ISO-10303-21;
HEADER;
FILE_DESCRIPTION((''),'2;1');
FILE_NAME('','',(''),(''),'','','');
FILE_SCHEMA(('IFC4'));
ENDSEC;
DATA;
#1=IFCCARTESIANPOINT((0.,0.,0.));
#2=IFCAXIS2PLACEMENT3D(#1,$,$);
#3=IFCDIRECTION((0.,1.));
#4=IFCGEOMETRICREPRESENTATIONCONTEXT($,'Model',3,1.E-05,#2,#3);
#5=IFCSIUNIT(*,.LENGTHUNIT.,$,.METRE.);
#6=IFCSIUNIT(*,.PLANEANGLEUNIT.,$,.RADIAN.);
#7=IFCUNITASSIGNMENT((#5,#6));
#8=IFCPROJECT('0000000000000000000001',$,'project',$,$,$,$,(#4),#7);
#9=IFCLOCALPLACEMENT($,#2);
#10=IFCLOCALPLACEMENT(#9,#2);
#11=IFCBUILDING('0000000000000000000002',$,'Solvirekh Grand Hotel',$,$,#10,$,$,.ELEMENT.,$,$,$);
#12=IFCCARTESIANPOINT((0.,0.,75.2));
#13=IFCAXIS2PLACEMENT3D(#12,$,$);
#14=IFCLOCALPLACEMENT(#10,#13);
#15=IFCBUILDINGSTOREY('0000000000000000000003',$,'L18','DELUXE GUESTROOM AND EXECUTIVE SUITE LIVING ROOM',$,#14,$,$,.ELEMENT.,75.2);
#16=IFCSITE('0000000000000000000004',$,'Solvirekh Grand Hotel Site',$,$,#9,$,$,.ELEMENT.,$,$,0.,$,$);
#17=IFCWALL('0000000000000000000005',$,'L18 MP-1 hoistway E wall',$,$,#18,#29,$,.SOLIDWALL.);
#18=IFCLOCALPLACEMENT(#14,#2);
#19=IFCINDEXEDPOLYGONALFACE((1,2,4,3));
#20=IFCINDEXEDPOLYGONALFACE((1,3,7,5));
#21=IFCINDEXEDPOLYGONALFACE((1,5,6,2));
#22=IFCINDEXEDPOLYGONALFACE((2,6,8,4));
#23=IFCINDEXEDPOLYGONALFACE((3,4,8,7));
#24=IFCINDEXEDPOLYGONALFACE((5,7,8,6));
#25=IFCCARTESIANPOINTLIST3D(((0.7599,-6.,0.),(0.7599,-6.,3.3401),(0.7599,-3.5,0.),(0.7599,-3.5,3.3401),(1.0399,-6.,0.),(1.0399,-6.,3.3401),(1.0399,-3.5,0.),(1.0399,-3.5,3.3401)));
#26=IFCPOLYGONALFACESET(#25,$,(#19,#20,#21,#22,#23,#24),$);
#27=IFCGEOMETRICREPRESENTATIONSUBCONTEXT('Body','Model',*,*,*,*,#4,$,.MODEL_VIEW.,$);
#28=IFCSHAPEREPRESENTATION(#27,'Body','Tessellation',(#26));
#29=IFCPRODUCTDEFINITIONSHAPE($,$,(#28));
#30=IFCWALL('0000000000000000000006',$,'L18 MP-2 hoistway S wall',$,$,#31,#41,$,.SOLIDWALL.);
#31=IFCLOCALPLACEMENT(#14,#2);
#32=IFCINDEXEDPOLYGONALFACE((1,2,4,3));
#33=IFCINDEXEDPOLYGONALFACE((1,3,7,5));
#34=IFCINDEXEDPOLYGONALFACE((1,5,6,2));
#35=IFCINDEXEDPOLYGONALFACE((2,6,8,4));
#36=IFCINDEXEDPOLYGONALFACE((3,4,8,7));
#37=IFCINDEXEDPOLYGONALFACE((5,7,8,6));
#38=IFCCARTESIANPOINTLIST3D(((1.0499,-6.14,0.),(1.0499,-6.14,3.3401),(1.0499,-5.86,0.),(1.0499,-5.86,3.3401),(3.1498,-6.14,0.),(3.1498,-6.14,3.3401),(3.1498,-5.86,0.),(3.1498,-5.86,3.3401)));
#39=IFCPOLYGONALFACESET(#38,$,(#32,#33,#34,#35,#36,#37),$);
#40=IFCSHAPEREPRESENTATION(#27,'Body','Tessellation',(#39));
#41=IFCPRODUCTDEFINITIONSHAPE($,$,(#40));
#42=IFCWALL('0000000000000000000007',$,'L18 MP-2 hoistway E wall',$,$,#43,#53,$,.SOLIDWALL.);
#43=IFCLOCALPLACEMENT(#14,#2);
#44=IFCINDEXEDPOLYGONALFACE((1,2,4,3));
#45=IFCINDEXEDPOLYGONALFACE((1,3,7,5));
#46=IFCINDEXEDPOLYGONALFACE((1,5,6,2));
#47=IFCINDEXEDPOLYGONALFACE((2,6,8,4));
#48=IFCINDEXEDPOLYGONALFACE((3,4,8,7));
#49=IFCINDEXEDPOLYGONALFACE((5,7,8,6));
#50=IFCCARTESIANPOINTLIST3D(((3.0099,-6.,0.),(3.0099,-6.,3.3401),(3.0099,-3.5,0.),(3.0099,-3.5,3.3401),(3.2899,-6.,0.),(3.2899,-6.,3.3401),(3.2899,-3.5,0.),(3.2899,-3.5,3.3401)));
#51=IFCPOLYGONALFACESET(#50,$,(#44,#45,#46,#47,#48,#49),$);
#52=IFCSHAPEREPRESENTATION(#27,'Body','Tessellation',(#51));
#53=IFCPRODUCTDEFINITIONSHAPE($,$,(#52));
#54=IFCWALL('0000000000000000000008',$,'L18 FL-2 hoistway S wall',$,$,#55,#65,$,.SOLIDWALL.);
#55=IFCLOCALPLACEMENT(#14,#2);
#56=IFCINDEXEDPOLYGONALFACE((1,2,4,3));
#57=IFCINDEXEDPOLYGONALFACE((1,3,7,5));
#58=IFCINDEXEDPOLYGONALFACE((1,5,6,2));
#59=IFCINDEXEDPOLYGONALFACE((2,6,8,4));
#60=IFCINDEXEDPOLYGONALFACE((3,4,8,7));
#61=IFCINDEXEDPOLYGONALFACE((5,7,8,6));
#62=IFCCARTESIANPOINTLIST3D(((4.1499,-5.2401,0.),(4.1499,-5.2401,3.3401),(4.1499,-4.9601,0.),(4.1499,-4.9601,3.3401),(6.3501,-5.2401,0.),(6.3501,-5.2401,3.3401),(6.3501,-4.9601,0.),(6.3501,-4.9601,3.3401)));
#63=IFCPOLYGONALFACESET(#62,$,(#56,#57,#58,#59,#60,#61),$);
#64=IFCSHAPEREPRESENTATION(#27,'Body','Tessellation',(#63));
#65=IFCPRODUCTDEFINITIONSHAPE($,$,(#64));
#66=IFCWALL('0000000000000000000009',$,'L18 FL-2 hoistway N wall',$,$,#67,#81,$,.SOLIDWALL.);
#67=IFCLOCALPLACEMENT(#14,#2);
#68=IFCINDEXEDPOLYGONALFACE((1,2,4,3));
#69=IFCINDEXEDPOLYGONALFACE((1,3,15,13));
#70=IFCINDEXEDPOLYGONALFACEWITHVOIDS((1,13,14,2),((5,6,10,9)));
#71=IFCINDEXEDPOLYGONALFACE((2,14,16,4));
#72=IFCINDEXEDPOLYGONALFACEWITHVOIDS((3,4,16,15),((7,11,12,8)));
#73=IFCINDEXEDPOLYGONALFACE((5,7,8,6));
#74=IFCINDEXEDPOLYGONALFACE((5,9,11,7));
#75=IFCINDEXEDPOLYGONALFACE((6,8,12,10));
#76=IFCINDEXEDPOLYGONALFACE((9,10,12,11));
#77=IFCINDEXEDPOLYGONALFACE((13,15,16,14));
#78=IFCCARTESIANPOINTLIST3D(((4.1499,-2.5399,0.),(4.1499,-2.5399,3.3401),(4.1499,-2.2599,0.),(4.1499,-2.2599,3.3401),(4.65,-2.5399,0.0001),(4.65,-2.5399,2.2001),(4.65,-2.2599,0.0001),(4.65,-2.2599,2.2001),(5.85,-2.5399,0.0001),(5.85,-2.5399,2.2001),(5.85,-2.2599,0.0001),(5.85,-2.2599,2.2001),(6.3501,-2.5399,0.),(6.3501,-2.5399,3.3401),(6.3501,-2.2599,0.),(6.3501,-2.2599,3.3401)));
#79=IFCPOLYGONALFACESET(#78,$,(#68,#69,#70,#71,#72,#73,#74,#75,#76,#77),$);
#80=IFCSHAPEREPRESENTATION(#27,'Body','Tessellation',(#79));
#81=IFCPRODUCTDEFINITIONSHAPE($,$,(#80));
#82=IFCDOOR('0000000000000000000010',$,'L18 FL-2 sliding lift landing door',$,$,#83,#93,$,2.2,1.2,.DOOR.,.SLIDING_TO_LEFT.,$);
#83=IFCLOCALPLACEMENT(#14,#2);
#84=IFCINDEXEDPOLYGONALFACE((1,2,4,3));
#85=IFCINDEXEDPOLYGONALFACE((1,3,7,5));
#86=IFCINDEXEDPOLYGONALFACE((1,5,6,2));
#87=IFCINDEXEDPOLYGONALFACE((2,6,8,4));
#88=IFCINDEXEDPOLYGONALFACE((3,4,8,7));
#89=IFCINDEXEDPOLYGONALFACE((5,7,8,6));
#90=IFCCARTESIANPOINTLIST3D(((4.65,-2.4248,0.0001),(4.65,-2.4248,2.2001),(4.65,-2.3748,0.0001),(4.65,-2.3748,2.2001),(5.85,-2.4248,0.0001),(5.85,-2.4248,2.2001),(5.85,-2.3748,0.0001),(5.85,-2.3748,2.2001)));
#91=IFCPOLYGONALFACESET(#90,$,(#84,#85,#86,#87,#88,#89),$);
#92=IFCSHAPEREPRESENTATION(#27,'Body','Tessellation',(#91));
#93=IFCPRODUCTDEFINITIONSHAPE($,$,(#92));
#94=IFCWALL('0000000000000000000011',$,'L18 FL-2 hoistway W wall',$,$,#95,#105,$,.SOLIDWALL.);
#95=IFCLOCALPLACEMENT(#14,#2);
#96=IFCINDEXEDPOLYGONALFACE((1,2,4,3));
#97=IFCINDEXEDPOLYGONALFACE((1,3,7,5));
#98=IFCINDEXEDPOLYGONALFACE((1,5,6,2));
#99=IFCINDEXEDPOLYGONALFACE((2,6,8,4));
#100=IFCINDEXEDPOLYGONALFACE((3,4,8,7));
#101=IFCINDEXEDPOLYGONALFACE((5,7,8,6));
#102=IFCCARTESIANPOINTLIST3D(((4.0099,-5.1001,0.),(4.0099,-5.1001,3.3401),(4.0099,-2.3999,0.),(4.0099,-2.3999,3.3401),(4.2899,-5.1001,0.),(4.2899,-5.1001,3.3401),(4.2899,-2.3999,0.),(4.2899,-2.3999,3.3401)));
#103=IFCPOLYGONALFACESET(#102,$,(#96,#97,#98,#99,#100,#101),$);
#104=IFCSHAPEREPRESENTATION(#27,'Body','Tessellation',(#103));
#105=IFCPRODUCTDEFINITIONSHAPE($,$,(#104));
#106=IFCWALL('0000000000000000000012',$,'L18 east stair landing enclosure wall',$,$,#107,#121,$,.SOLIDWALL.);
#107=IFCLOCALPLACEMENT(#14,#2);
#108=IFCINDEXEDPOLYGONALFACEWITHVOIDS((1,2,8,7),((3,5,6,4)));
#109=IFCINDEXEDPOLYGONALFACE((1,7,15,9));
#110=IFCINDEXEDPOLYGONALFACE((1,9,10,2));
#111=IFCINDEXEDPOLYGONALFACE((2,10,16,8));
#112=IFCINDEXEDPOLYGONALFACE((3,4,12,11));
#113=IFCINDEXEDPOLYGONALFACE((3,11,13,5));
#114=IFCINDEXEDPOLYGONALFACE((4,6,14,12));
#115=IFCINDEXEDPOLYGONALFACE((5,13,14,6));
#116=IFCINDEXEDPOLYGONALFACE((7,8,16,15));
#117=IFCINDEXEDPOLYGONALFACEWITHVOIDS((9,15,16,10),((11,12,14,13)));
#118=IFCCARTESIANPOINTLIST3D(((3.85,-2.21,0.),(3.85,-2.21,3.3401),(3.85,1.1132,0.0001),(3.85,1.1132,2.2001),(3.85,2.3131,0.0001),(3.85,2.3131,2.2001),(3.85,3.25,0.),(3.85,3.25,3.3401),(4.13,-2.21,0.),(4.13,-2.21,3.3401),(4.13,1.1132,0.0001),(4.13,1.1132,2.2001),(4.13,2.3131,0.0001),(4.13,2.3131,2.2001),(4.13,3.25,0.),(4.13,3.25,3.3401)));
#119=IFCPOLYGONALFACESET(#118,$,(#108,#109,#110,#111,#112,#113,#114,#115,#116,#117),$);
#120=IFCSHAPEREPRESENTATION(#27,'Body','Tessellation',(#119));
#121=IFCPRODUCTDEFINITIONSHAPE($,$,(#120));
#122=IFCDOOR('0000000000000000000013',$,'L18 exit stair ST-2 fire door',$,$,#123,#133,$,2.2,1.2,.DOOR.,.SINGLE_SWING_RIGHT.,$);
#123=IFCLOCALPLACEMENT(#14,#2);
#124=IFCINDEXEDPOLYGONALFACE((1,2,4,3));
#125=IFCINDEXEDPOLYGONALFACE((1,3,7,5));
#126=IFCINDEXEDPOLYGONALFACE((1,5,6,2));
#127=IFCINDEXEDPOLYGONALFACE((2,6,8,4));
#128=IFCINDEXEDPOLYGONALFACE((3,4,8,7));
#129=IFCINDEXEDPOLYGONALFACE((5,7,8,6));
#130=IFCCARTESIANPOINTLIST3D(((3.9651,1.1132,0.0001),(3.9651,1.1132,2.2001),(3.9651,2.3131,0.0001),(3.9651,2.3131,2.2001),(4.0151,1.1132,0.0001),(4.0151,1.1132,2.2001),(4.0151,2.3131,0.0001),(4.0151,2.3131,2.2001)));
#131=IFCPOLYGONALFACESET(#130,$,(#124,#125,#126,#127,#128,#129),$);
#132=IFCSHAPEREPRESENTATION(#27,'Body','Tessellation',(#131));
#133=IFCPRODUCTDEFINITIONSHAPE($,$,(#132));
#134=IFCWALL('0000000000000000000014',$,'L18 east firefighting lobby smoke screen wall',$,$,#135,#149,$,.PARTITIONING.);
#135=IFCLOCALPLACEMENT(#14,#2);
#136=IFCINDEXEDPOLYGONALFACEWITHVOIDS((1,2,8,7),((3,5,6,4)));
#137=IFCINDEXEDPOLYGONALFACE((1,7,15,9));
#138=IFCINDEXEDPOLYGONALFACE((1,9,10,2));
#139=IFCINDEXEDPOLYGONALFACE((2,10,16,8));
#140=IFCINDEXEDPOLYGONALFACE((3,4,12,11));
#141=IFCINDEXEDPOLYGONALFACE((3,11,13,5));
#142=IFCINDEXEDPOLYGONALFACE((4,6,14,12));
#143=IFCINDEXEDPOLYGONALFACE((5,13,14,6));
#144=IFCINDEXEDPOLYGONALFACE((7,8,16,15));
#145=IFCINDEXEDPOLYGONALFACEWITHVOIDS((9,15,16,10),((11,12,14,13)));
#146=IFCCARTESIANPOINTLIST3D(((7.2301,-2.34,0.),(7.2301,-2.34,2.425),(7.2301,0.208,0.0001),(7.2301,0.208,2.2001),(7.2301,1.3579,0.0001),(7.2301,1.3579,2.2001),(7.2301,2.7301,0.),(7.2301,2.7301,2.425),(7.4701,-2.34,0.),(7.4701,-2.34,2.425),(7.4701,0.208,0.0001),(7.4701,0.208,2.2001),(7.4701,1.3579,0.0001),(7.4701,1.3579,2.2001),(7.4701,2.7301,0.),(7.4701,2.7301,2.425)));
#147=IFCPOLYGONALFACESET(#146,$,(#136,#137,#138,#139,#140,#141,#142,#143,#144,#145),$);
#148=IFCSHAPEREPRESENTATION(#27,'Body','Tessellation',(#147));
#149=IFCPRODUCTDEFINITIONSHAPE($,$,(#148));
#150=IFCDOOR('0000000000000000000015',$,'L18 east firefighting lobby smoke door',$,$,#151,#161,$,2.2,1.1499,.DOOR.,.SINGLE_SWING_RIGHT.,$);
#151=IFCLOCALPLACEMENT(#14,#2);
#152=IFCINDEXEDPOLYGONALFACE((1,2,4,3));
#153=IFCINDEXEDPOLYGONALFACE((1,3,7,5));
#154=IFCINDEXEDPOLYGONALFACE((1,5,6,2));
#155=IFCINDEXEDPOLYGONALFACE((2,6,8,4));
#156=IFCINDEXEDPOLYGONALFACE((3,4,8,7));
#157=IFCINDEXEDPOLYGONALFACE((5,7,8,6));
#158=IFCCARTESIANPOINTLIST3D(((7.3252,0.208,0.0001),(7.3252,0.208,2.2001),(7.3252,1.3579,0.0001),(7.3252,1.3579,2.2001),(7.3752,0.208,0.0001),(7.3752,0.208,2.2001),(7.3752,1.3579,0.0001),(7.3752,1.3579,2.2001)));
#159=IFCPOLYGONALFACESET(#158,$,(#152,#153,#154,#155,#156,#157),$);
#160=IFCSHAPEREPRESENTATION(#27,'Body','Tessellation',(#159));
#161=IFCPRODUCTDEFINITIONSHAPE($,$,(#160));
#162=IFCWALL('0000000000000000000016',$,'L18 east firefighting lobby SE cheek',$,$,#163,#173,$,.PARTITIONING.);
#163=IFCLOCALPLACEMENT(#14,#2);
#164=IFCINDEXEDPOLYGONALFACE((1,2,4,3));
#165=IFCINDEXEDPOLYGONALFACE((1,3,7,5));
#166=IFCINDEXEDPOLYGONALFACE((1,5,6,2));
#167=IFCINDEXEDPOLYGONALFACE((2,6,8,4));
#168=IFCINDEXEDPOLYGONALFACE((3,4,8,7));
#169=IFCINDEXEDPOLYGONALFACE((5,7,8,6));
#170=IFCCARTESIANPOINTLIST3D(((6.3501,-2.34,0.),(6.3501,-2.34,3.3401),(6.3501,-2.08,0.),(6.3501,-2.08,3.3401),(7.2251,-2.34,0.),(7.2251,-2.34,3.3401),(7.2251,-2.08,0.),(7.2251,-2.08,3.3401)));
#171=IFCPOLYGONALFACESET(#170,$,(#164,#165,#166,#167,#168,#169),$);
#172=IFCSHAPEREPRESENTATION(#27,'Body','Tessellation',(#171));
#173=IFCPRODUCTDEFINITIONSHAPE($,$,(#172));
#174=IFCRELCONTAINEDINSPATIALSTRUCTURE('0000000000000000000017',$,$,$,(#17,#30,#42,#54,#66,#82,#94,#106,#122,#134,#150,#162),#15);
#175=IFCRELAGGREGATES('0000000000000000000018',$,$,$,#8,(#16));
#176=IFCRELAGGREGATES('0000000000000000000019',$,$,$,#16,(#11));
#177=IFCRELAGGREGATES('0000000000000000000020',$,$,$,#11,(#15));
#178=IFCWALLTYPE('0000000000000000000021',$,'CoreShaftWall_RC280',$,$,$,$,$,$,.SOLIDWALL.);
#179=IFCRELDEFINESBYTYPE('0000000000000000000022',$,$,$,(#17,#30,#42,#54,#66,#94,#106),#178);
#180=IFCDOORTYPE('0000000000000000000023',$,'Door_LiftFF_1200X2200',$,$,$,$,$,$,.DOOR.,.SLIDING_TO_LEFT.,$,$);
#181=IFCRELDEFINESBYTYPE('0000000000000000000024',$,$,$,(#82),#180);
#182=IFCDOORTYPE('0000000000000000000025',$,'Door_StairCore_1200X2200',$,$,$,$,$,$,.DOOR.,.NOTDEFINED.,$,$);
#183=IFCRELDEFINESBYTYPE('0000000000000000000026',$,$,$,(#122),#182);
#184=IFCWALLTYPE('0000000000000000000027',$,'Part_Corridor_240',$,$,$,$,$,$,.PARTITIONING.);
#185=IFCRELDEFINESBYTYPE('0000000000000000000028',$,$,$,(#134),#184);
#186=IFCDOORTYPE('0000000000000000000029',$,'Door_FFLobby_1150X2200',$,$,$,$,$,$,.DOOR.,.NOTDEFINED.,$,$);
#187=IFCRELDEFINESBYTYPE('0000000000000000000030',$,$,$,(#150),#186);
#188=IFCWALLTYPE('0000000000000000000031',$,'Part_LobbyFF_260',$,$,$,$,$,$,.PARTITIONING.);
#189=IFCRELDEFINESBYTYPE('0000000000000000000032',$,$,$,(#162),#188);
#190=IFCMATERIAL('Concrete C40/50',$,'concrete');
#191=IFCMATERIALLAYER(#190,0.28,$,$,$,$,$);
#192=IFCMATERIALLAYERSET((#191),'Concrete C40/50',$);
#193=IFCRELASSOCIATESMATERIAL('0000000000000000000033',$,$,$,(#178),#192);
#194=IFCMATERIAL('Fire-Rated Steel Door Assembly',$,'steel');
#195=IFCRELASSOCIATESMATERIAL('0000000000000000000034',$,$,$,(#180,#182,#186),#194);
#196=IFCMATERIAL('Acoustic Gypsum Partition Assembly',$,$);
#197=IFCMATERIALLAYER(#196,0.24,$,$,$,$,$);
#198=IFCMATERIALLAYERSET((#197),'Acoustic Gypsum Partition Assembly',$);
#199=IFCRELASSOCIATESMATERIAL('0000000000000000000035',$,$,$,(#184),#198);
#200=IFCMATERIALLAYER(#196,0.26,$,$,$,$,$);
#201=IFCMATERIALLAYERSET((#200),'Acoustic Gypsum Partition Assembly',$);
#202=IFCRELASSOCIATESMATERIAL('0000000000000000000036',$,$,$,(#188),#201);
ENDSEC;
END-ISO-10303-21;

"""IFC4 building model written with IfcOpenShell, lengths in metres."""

from ifc_helpers import new_model, si_unit, direction, frame, frame_2d, origin, place, context, subcontext, project, spatial, rectangle, extrude, material, layer, layer_set, type_object, element, fill, save


model = new_model("IFC4")

# Units and contexts
model_context = context("Model", 3, precision=1e-05, world=origin(), true_north=direction((0.0, 1.0)))
body_context = subcontext(model_context, "Body", "Model", "MODEL_VIEW")
ifc_project = project(units=[si_unit("LENGTHUNIT", "METRE"), si_unit("PLANEANGLEUNIT", "RADIAN")], contexts=[model_context])

# Site, building, storey
site_placement = place(None, origin())
site = spatial("IfcSite", under=ifc_project, at=site_placement, Name="Solvirekh Grand Hotel Site", CompositionType="ELEMENT", RefElevation=0.0)
building_placement = place(site_placement, origin())
building = spatial("IfcBuilding", under=site, at=building_placement, Name="Solvirekh Grand Hotel", CompositionType="ELEMENT")
storey_placement = place(building_placement, frame((0.0, 0.0, 75.2)))
storey = spatial("IfcBuildingStorey", under=building, at=storey_placement, Name="L18", Description="DELUXE GUESTROOM AND EXECUTIVE SUITE LIVING ROOM", CompositionType="ELEMENT", Elevation=75.2)

# Walls
ifc_material_1 = material(Name="Concrete C40/50", Category="concrete")
ifc_layer_1 = layer(ifc_material_1, 0.28)
ifc_layer_set_1 = layer_set([ifc_layer_1], Name="Concrete C40/50")
wall_type_1 = type_object("IfcWallType", Name="CoreShaftWall_RC280", PredefinedType="SOLIDWALL", material=ifc_layer_set_1)
wall_1_placement = place(storey_placement, frame((0.8999, -6.0, 0.0), z_axis=(0.0, 0.0, 1.0), x_axis=(0.0, 1.0, 0.0)))
element("IfcWall", 1, at=wall_1_placement, inside=storey, type_object=wall_type_1, Name="L18 MP-1 hoistway E wall", PredefinedType="SOLIDWALL", context=body_context, shape_type="SweptSolid", body=[
    extrude(rectangle(XDim=2.5, YDim=0.28, at=frame_2d((1.25, 0.0))), origin(), (0.0, 0.0, 1.0), 3.3401),
])
wall_2_placement = place(storey_placement, frame((1.05, -6.0, 0.0), z_axis=(0.0, 0.0, 1.0), x_axis=(1.0, 0.0, 0.0)))
element("IfcWall", 2, at=wall_2_placement, inside=storey, type_object=wall_type_1, Name="L18 MP-2 hoistway S wall", PredefinedType="SOLIDWALL", context=body_context, shape_type="SweptSolid", body=[
    extrude(rectangle(XDim=2.0999, YDim=0.28, at=frame_2d((1.0498, 0.0))), origin(), (0.0, 0.0, 1.0), 3.3401),
])
wall_3_placement = place(storey_placement, frame((3.1499, -6.0, 0.0), z_axis=(0.0, 0.0, 1.0), x_axis=(0.0, 1.0, 0.0)))
element("IfcWall", 3, at=wall_3_placement, inside=storey, type_object=wall_type_1, Name="L18 MP-2 hoistway E wall", PredefinedType="SOLIDWALL", context=body_context, shape_type="SweptSolid", body=[
    extrude(rectangle(XDim=2.5, YDim=0.28, at=frame_2d((1.25, 0.0))), origin(), (0.0, 0.0, 1.0), 3.3401),
])
wall_4_placement = place(storey_placement, frame((4.1499, -5.1001, 0.0), z_axis=(0.0, 0.0, 1.0), x_axis=(1.0, 0.0, 0.0)))
element("IfcWall", 4, at=wall_4_placement, inside=storey, type_object=wall_type_1, Name="L18 FL-2 hoistway S wall", PredefinedType="SOLIDWALL", context=body_context, shape_type="SweptSolid", body=[
    extrude(rectangle(XDim=2.2002, YDim=0.28, at=frame_2d((1.1001, 0.0))), origin(), (0.0, 0.0, 1.0), 3.3401),
])

# Wall, opening, door
wall_5_placement = place(storey_placement, frame((6.3501, -2.3999, 0.0), z_axis=(0.0, 0.0, 1.0), x_axis=(-1.0, 0.0, 0.0)))
wall_5 = element("IfcWall", 5, at=wall_5_placement, inside=storey, type_object=wall_type_1, Name="L18 FL-2 hoistway N wall", PredefinedType="SOLIDWALL", context=body_context, shape_type="SweptSolid", body=[
    extrude(rectangle(XDim=2.2002, YDim=0.28, at=frame_2d((1.1001, 0.0))), origin(), (0.0, 0.0, 1.0), 3.3401),
])
opening_1_placement = place(wall_5_placement, frame((0.5, 0.0, 0.0)))
opening_1 = element("IfcOpeningElement", 6, at=opening_1_placement, cuts=wall_5, PredefinedType="OPENING", context=body_context, shape_type="SweptSolid", body=[
    extrude(rectangle(XDim=1.2, YDim=2.2, at=frame_2d((0.6001, 1.1001))), frame((0.0, 0.1499, 0.0), z_axis=(0.0, -1.0, 0.0), x_axis=(1.0, 0.0, 0.0)), (0.0, 0.0, 1.0), 0.3),
])
ifc_material_2 = material(Name="Fire-Rated Steel Door Assembly", Category="steel")
door_type_1 = type_object("IfcDoorType", Name="Door_LiftFF_1200X2200", OperationType="SLIDING_TO_LEFT", PredefinedType="DOOR", material=ifc_material_2)
door_1_placement = place(opening_1_placement, origin())
door_1 = element("IfcDoor", 7, at=door_1_placement, inside=storey, type_object=door_type_1, Name="L18 FL-2 sliding lift landing door", OperationType="SLIDING_TO_LEFT", OverallHeight=2.2, OverallWidth=1.2, PredefinedType="DOOR", context=body_context, shape_type="SweptSolid", body=[
    extrude(rectangle(XDim=1.2, YDim=2.2, at=frame_2d((0.6001, 1.1001))), frame((0.0, 0.0249, 0.0), z_axis=(0.0, -1.0, 0.0), x_axis=(1.0, 0.0, 0.0)), (0.0, 0.0, 1.0), 0.05),
])
fill(opening_1, door_1)

# Wall
wall_6_placement = place(storey_placement, frame((4.1499, -2.3999, 0.0), z_axis=(0.0, 0.0, 1.0), x_axis=(0.0, -1.0, 0.0)))
element("IfcWall", 8, at=wall_6_placement, inside=storey, type_object=wall_type_1, Name="L18 FL-2 hoistway W wall", PredefinedType="SOLIDWALL", context=body_context, shape_type="SweptSolid", body=[
    extrude(rectangle(XDim=2.7002, YDim=0.28, at=frame_2d((1.3501, 0.0))), origin(), (0.0, 0.0, 1.0), 3.3401),
])

# Walls, openings, doors
wall_7_placement = place(storey_placement, frame((3.99, -2.21, 0.0), z_axis=(0.0, 0.0, 1.0), x_axis=(0.0, 1.0, 0.0)))
wall_7 = element("IfcWall", 9, at=wall_7_placement, inside=storey, type_object=wall_type_1, Name="L18 east stair landing enclosure wall", PredefinedType="SOLIDWALL", context=body_context, shape_type="SweptSolid", body=[
    extrude(rectangle(XDim=5.46, YDim=0.28, at=frame_2d((2.73, 0.0))), origin(), (0.0, 0.0, 1.0), 3.3401),
])
opening_2_placement = place(wall_7_placement, frame((3.323, 0.0, 0.0)))
opening_2 = element("IfcOpeningElement", 10, at=opening_2_placement, cuts=wall_7, PredefinedType="OPENING", context=body_context, shape_type="SweptSolid", body=[
    extrude(rectangle(XDim=1.2, YDim=2.2, at=frame_2d((0.6001, 1.1001))), frame((0.0, 0.1499, 0.0), z_axis=(0.0, -1.0, 0.0), x_axis=(1.0, 0.0, 0.0)), (0.0, 0.0, 1.0), 0.3),
])
door_type_2 = type_object("IfcDoorType", Name="Door_StairCore_1200X2200", OperationType="NOTDEFINED", PredefinedType="DOOR", material=ifc_material_2)
door_2_placement = place(opening_2_placement, origin())
door_2 = element("IfcDoor", 11, at=door_2_placement, inside=storey, type_object=door_type_2, Name="L18 exit stair ST-2 fire door", OperationType="SINGLE_SWING_RIGHT", OverallHeight=2.2, OverallWidth=1.2, PredefinedType="DOOR", context=body_context, shape_type="SweptSolid", body=[
    extrude(rectangle(XDim=1.2, YDim=2.2, at=frame_2d((0.6001, 1.1001))), frame((0.0, 0.0249, 0.0), z_axis=(0.0, -1.0, 0.0), x_axis=(1.0, 0.0, 0.0)), (0.0, 0.0, 1.0), 0.05),
])
fill(opening_2, door_2)
ifc_material_3 = material(Name="Acoustic Gypsum Partition Assembly")
ifc_layer_2 = layer(ifc_material_3, 0.24)
ifc_layer_set_2 = layer_set([ifc_layer_2], Name="Acoustic Gypsum Partition Assembly")
wall_type_2 = type_object("IfcWallType", Name="Part_Corridor_240", PredefinedType="PARTITIONING", material=ifc_layer_set_2)
wall_8_placement = place(storey_placement, frame((7.3501, -2.3401, 0.0), z_axis=(0.0, 0.0, 1.0), x_axis=(0.0, 1.0, 0.0)))
wall_8 = element("IfcWall", 12, at=wall_8_placement, inside=storey, type_object=wall_type_2, Name="L18 east firefighting lobby smoke screen wall", PredefinedType="PARTITIONING", context=body_context, shape_type="SweptSolid", body=[
    extrude(rectangle(XDim=5.0701, YDim=0.24, at=frame_2d((2.5352, 0.0))), origin(), (0.0, 0.0, 1.0), 2.425),
])
opening_3_placement = place(wall_8_placement, frame((2.5481, 0.0, 0.0)))
opening_3 = element("IfcOpeningElement", 13, at=opening_3_placement, cuts=wall_8, PredefinedType="OPENING", context=body_context, shape_type="SweptSolid", body=[
    extrude(rectangle(XDim=1.1499, YDim=2.2, at=frame_2d((0.575, 1.1001))), frame((0.0, 0.1299, 0.0), z_axis=(0.0, -1.0, 0.0), x_axis=(1.0, 0.0, 0.0)), (0.0, 0.0, 1.0), 0.26),
])
door_type_3 = type_object("IfcDoorType", Name="Door_FFLobby_1150X2200", OperationType="NOTDEFINED", PredefinedType="DOOR", material=ifc_material_2)
door_3_placement = place(opening_3_placement, origin())
door_3 = element("IfcDoor", 14, at=door_3_placement, inside=storey, type_object=door_type_3, Name="L18 east firefighting lobby smoke door", OperationType="SINGLE_SWING_RIGHT", OverallHeight=2.2, OverallWidth=1.1499, PredefinedType="DOOR", context=body_context, shape_type="SweptSolid", body=[
    extrude(rectangle(XDim=1.1499, YDim=2.2, at=frame_2d((0.575, 1.1001))), frame((0.0, 0.0249, 0.0), z_axis=(0.0, -1.0, 0.0), x_axis=(1.0, 0.0, 0.0)), (0.0, 0.0, 1.0), 0.05),
])
fill(opening_3, door_3)

# Wall
ifc_layer_3 = layer(ifc_material_3, 0.26)
ifc_layer_set_3 = layer_set([ifc_layer_3], Name="Acoustic Gypsum Partition Assembly")
wall_type_3 = type_object("IfcWallType", Name="Part_LobbyFF_260", PredefinedType="PARTITIONING", material=ifc_layer_set_3)
wall_9_placement = place(storey_placement, frame((6.3501, -2.21, 0.0), z_axis=(0.0, 0.0, 1.0), x_axis=(1.0, 0.0, 0.0)))
element("IfcWall", 15, at=wall_9_placement, inside=storey, type_object=wall_type_3, Name="L18 east firefighting lobby SE cheek", PredefinedType="PARTITIONING", context=body_context, shape_type="SweptSolid", body=[
    extrude(rectangle(XDim=0.875, YDim=0.26, at=frame_2d((0.4375, 0.0))), origin(), (0.0, 0.0, 1.0), 3.3401),
])

save(model, "model.ifc")
